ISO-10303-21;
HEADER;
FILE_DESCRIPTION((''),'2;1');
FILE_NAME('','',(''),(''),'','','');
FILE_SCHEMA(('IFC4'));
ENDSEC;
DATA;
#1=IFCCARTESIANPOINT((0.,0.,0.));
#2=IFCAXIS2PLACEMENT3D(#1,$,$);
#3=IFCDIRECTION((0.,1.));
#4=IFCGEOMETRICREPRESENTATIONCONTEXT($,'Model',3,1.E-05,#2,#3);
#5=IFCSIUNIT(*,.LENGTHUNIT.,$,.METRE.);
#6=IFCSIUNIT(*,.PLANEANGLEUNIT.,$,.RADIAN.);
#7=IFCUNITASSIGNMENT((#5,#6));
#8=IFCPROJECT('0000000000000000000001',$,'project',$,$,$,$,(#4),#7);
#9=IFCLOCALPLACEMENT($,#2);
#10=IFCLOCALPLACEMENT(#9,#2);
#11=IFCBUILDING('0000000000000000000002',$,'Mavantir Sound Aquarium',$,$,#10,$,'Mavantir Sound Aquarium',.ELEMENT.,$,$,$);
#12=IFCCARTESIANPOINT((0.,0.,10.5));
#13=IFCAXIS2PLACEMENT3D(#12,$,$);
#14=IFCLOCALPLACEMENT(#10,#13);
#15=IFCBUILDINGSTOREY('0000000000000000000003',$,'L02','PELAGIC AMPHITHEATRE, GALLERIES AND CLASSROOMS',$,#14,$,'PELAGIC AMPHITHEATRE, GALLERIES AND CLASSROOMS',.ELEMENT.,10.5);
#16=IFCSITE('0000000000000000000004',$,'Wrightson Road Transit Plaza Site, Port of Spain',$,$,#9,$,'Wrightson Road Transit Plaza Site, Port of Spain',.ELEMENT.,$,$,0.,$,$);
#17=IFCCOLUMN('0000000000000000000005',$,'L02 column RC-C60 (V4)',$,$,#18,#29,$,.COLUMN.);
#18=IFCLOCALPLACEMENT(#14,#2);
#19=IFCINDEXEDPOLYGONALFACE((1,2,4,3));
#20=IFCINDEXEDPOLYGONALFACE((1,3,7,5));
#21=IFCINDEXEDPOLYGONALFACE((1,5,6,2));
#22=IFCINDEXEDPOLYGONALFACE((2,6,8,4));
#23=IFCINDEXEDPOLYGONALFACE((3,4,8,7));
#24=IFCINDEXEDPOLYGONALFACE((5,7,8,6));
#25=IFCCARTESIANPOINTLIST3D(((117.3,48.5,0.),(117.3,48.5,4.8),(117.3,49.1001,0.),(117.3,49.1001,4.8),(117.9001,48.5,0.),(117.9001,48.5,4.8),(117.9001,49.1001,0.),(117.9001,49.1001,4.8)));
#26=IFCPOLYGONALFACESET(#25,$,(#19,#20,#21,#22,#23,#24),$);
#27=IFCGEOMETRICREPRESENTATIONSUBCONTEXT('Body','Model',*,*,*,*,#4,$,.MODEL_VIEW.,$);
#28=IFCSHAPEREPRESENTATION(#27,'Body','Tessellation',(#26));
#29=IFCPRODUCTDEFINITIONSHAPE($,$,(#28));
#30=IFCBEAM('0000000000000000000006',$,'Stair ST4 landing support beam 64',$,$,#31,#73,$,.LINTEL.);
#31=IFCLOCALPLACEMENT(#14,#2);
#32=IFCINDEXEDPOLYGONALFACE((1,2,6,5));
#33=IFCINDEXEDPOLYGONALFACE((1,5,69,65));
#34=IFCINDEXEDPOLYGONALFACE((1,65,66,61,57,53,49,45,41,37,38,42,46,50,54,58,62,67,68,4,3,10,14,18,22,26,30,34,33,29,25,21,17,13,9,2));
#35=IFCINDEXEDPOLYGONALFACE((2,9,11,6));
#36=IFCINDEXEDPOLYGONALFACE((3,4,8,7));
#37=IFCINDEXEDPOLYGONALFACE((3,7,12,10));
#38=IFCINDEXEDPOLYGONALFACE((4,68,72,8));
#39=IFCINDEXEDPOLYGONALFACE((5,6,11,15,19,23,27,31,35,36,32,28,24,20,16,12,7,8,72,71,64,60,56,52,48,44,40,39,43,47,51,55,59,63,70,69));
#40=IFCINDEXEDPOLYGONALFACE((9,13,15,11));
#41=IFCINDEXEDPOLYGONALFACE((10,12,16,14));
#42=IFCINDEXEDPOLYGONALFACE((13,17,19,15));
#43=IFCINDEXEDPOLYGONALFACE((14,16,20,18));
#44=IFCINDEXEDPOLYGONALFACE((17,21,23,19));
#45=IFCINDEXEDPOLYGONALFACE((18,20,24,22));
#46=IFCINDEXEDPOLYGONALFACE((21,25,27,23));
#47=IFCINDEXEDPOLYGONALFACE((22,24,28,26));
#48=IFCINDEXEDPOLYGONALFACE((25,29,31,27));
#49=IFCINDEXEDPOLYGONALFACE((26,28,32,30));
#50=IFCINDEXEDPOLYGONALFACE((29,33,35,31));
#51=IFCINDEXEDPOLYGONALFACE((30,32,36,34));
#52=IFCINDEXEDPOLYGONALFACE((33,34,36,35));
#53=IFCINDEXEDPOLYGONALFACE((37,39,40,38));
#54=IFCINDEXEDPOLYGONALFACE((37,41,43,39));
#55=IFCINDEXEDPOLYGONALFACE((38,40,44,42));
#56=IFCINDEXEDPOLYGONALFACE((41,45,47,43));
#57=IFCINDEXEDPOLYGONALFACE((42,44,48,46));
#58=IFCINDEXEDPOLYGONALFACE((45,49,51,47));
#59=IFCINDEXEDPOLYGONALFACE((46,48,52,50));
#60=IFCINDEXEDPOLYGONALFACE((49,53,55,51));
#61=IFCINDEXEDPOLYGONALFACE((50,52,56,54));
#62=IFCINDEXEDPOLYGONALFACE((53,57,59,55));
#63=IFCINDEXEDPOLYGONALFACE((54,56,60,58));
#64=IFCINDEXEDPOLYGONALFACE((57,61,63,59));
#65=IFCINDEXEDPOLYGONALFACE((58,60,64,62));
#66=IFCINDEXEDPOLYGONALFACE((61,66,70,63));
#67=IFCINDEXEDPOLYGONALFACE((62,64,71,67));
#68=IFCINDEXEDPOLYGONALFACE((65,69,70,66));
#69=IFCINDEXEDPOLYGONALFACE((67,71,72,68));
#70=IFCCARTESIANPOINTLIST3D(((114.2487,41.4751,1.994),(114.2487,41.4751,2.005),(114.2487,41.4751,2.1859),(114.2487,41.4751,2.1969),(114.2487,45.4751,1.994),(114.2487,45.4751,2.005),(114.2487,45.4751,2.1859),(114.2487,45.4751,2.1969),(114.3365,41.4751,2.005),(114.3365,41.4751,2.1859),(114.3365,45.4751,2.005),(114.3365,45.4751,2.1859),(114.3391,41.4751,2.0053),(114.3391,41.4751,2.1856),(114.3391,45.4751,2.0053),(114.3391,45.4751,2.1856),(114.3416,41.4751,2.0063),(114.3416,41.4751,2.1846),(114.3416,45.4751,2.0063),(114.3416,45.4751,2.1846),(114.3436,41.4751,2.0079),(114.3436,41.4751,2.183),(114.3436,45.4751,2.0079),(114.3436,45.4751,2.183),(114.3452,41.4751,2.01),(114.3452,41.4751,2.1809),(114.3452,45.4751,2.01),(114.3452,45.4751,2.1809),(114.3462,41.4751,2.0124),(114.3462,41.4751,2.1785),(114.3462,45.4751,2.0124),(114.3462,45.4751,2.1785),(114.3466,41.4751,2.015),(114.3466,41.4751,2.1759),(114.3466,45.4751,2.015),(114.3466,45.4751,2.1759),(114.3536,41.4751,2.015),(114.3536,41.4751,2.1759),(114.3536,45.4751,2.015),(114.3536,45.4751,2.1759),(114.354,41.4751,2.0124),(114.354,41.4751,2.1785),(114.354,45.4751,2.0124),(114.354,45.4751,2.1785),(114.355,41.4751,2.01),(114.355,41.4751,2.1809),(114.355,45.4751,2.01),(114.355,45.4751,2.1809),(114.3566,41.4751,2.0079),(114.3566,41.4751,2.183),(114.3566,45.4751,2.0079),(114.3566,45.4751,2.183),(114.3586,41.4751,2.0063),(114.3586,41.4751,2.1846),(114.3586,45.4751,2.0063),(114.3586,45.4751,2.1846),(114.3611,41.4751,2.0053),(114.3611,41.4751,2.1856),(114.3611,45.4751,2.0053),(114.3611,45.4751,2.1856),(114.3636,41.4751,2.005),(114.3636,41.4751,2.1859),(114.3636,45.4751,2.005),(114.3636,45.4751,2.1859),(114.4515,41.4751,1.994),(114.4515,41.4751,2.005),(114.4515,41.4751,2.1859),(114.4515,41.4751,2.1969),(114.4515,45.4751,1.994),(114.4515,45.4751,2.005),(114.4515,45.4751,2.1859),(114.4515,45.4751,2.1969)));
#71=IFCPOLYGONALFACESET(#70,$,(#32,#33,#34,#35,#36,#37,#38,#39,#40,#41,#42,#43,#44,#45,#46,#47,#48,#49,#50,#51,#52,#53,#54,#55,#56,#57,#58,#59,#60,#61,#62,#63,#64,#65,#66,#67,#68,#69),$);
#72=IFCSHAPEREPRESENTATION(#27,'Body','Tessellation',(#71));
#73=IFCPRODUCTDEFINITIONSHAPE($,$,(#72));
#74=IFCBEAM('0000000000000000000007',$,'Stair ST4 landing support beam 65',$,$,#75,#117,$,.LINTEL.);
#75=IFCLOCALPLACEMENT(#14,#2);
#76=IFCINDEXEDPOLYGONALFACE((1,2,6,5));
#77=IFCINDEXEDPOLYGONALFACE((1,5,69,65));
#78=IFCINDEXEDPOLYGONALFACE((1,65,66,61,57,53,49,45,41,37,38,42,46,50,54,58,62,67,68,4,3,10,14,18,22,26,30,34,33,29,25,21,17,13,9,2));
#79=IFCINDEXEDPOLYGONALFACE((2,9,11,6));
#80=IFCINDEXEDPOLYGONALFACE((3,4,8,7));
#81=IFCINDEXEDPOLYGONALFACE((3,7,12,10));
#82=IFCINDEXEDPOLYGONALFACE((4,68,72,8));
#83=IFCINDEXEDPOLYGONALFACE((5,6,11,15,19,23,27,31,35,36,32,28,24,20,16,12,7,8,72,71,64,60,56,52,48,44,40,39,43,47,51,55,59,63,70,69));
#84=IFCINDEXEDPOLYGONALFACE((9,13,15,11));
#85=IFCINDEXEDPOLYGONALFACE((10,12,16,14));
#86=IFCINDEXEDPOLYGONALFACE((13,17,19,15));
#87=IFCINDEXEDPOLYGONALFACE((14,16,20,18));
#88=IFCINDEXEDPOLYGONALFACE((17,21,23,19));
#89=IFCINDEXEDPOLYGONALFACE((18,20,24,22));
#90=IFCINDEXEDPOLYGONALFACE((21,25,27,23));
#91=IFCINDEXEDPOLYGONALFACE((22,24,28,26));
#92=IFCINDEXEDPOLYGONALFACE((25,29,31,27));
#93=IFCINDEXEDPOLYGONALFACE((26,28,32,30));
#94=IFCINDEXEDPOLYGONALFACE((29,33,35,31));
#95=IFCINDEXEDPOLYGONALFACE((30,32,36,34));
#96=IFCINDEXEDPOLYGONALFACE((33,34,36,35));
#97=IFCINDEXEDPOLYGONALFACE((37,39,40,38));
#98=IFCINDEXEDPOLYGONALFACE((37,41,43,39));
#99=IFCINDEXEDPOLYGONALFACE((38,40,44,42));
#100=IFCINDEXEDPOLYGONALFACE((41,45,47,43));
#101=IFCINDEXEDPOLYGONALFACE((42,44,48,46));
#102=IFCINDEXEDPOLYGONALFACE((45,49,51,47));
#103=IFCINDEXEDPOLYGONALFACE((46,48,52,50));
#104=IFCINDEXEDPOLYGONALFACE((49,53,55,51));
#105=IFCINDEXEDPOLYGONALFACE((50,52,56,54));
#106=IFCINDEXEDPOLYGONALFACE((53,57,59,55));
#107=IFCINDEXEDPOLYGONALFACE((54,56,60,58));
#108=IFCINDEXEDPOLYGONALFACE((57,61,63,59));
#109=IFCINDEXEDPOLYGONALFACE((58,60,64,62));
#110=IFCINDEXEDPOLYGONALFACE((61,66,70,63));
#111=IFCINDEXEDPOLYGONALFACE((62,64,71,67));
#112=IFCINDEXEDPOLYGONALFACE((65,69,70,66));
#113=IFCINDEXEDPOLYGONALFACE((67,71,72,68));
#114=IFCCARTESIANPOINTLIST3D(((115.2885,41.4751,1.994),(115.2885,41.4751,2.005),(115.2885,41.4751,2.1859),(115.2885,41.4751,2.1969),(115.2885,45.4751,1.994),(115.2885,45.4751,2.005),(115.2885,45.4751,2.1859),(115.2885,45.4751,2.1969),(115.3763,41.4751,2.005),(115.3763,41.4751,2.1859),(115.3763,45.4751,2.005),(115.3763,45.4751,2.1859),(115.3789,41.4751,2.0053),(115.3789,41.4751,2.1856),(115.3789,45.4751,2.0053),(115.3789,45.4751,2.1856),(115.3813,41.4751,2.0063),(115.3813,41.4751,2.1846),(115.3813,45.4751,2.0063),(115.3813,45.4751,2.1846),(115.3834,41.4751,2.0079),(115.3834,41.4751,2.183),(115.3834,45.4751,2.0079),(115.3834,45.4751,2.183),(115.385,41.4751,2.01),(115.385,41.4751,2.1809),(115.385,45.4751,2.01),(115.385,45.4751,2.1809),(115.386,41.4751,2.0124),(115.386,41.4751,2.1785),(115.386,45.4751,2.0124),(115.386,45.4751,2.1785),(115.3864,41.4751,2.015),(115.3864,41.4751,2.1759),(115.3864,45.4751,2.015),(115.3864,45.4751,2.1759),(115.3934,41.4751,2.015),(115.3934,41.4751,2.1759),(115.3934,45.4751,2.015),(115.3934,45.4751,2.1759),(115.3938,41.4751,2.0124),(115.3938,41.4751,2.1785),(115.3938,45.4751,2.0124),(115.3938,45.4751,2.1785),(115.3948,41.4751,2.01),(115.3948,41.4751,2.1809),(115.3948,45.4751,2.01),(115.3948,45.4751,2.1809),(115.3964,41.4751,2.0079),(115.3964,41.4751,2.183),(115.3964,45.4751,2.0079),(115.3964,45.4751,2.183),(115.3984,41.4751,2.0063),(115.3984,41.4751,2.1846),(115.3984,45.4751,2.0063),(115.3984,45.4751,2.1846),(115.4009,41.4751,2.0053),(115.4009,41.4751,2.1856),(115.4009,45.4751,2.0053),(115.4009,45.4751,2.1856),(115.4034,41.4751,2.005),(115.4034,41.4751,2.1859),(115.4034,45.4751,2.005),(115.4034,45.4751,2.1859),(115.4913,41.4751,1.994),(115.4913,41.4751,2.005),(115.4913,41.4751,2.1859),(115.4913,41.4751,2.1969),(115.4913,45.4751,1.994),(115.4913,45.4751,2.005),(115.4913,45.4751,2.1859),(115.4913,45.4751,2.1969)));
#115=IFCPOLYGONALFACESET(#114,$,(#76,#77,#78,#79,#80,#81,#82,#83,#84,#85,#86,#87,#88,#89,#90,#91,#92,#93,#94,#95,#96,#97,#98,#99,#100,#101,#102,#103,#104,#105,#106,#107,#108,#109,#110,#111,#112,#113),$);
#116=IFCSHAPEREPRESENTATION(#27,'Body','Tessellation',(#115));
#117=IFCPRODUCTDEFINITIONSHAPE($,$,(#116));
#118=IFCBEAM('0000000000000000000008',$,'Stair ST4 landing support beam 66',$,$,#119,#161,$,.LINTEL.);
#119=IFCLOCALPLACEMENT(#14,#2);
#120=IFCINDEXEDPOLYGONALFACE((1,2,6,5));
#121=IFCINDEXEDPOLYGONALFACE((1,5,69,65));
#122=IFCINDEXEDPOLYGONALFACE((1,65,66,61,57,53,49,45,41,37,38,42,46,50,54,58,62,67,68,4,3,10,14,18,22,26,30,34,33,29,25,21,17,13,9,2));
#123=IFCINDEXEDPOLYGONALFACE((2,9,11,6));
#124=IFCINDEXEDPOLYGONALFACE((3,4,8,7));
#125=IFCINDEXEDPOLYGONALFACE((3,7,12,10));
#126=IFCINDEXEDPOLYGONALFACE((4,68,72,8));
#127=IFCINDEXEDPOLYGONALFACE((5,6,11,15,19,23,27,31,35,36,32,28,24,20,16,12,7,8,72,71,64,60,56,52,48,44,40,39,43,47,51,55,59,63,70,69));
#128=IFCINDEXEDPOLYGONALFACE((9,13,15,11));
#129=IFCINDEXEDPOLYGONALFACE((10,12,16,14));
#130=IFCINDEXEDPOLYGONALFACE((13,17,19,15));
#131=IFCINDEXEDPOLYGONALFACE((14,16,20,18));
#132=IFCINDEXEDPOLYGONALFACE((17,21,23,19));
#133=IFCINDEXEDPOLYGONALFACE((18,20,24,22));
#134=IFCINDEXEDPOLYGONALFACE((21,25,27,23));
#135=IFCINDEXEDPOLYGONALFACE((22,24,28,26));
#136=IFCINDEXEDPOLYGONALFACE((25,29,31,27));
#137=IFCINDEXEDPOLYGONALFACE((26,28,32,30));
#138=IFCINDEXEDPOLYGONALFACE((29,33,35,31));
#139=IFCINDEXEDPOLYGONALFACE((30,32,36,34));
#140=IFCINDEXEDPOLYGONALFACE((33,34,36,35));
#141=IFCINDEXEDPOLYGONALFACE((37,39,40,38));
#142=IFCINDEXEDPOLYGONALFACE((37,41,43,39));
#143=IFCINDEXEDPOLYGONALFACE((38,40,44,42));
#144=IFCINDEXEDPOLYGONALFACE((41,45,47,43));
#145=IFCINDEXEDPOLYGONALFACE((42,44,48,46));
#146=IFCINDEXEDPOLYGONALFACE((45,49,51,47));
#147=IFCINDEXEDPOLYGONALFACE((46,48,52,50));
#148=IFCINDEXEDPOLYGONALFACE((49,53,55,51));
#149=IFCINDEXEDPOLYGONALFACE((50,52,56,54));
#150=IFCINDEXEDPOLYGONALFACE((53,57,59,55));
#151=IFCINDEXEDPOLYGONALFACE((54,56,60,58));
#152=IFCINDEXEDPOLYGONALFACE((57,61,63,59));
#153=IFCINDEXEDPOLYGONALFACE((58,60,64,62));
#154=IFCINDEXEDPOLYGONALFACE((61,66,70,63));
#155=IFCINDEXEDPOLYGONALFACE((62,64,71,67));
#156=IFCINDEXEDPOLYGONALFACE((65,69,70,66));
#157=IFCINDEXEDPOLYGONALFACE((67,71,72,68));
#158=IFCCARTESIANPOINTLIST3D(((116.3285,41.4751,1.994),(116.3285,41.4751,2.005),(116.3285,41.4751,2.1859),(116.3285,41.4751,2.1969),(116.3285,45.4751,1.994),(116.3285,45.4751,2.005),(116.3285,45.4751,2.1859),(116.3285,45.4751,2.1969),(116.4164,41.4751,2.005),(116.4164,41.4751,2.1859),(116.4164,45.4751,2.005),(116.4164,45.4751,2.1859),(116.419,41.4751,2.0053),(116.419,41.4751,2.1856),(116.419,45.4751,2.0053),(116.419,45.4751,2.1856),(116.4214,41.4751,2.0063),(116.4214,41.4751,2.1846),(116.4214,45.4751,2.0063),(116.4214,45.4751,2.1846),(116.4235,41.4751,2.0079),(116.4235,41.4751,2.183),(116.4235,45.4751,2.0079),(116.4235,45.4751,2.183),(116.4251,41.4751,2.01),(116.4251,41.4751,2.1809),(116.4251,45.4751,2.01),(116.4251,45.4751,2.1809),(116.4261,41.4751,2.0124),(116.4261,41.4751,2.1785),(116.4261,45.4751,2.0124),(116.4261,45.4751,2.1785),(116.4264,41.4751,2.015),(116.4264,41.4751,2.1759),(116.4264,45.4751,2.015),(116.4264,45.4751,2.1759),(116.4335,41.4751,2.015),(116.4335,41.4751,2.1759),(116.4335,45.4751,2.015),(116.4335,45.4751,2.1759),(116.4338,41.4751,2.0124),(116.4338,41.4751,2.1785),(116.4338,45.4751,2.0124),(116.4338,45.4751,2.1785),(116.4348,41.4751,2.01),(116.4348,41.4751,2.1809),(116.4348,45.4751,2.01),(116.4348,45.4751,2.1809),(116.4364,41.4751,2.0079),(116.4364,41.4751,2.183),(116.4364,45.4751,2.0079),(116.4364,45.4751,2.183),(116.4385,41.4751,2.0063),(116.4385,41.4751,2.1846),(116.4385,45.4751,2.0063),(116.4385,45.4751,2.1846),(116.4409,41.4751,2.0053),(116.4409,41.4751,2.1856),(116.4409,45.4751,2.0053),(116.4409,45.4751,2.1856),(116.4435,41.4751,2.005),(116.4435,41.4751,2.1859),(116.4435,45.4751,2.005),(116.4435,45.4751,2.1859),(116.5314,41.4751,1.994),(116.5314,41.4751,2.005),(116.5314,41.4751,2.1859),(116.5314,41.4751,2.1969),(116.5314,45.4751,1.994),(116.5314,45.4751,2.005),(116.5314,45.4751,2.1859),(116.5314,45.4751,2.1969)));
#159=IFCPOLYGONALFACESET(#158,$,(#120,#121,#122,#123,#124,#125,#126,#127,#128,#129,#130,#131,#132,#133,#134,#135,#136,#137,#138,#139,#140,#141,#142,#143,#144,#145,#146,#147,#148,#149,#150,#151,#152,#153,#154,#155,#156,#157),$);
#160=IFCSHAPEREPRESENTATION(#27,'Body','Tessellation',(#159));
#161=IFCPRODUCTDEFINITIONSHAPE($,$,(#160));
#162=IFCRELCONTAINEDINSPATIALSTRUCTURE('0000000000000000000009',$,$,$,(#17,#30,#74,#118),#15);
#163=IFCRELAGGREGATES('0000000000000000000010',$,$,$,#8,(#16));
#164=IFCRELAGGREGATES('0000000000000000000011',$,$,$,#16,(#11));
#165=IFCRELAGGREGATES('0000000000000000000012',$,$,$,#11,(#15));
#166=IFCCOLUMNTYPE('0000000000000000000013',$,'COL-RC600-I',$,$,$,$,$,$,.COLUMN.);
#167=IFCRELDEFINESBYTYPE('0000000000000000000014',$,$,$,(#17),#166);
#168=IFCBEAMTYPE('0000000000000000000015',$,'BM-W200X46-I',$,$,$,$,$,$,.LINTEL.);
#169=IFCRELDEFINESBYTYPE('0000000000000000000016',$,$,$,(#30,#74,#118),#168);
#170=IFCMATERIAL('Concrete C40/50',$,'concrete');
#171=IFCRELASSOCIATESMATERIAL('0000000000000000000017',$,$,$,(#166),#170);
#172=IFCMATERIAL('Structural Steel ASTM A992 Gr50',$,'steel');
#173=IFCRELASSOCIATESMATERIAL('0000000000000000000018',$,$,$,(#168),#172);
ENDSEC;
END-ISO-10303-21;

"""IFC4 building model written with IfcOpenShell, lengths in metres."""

from ifc_helpers import new_model, si_unit, direction, frame, origin, origin_2d, place, context, subcontext, project, spatial, rectangle, i_section, extrude, material, material_profile, profile_set, type_object, element, save


model = new_model("IFC4")

# Units and contexts
model_context = context("Model", 3, precision=1e-05, world=origin(), true_north=direction((0.0, 1.0)))
body_context = subcontext(model_context, "Body", "Model", "MODEL_VIEW")
ifc_project = project(units=[si_unit("LENGTHUNIT", "METRE"), si_unit("PLANEANGLEUNIT", "RADIAN")], contexts=[model_context])

# Site, building, storey
site_placement = place(None, origin())
site = spatial("IfcSite", under=ifc_project, at=site_placement, Name="Wrightson Road Transit Plaza Site, Port of Spain", LongName="Wrightson Road Transit Plaza Site, Port of Spain", CompositionType="ELEMENT", RefElevation=0.0)
building_placement = place(site_placement, origin())
building = spatial("IfcBuilding", under=site, at=building_placement, Name="Mavantir Sound Aquarium", LongName="Mavantir Sound Aquarium", CompositionType="ELEMENT")
storey_placement = place(building_placement, frame((0.0, 0.0, 10.5)))
storey = spatial("IfcBuildingStorey", under=building, at=storey_placement, Name="L02", Description="PELAGIC AMPHITHEATRE, GALLERIES AND CLASSROOMS", LongName="PELAGIC AMPHITHEATRE, GALLERIES AND CLASSROOMS", CompositionType="ELEMENT", Elevation=10.5)

# Column
ifc_material_1 = material(Name="Concrete C40/50", Category="concrete")
ifc_material_profile_1 = material_profile(ifc_material_1, rectangle(XDim=0.6001, YDim=0.6001, at=origin_2d()), Name="RC 600X600")
ifc_profile_set_1 = profile_set([ifc_material_profile_1], Name="Concrete C40/50")
column_type = type_object("IfcColumnType", Name="COL-RC600-I", PredefinedType="COLUMN", material=ifc_profile_set_1)
column_placement = place(storey_placement, frame((117.6001, 48.8, 0.0), z_axis=(0.0, 0.0, 1.0), x_axis=(1.0, 0.0, 0.0)))
element("IfcColumn", 1, at=column_placement, inside=storey, type_object=column_type, Name="L02 column RC-C60 (V4)", PredefinedType="COLUMN", context=body_context, shape_type="SweptSolid", body=[
    extrude(rectangle(XDim=0.6001, YDim=0.6001, at=origin_2d()), origin(), (0.0, 0.0, 1.0), 4.8),
])

# Beams
ifc_material_2 = material(Name="Structural Steel ASTM A992 Gr50", Category="steel")
ifc_material_profile_2 = material_profile(ifc_material_2, i_section(OverallWidth=0.2029, OverallDepth=0.2029, WebThickness=0.0071, FlangeThickness=0.011, FilletRadius=0.01, at=origin_2d()), Name="W200X46")
ifc_profile_set_2 = profile_set([ifc_material_profile_2], Name="Structural Steel ASTM A992 Gr50")
beam_type_1 = type_object("IfcBeamType", Name="BM-W200X46-I", PredefinedType="LINTEL", material=ifc_profile_set_2)
for number, where, z_axis, x_axis, name in (
    (2, (114.3501, 41.4751, 2.0955), (0.0, 1.0, 0.0), (-1.0, 0.0, 0.0), "Stair ST4 landing support beam 64"),
    (3, (115.3899, 41.4751, 2.0955), (0.0, 1.0, 0.0), (-1.0, 0.0, 0.0), "Stair ST4 landing support beam 65"),
    (4, (116.4299, 41.4751, 2.0955), (0.0, 1.0, 0.0), (-1.0, 0.0, 0.0), "Stair ST4 landing support beam 66"),
):
    element("IfcBeam", number, at=place(storey_placement, frame(where, z_axis=z_axis, x_axis=x_axis)), inside=storey, type_object=beam_type_1, Name=name, PredefinedType="LINTEL", context=body_context, shape_type="SweptSolid", body=[
        extrude(i_section(OverallWidth=0.2029, OverallDepth=0.2029, WebThickness=0.0071, FlangeThickness=0.011, FilletRadius=0.01, at=origin_2d()), origin(), (0.0, 0.0, 1.0), 4.0),
    ])

save(model, "model.ifc")
